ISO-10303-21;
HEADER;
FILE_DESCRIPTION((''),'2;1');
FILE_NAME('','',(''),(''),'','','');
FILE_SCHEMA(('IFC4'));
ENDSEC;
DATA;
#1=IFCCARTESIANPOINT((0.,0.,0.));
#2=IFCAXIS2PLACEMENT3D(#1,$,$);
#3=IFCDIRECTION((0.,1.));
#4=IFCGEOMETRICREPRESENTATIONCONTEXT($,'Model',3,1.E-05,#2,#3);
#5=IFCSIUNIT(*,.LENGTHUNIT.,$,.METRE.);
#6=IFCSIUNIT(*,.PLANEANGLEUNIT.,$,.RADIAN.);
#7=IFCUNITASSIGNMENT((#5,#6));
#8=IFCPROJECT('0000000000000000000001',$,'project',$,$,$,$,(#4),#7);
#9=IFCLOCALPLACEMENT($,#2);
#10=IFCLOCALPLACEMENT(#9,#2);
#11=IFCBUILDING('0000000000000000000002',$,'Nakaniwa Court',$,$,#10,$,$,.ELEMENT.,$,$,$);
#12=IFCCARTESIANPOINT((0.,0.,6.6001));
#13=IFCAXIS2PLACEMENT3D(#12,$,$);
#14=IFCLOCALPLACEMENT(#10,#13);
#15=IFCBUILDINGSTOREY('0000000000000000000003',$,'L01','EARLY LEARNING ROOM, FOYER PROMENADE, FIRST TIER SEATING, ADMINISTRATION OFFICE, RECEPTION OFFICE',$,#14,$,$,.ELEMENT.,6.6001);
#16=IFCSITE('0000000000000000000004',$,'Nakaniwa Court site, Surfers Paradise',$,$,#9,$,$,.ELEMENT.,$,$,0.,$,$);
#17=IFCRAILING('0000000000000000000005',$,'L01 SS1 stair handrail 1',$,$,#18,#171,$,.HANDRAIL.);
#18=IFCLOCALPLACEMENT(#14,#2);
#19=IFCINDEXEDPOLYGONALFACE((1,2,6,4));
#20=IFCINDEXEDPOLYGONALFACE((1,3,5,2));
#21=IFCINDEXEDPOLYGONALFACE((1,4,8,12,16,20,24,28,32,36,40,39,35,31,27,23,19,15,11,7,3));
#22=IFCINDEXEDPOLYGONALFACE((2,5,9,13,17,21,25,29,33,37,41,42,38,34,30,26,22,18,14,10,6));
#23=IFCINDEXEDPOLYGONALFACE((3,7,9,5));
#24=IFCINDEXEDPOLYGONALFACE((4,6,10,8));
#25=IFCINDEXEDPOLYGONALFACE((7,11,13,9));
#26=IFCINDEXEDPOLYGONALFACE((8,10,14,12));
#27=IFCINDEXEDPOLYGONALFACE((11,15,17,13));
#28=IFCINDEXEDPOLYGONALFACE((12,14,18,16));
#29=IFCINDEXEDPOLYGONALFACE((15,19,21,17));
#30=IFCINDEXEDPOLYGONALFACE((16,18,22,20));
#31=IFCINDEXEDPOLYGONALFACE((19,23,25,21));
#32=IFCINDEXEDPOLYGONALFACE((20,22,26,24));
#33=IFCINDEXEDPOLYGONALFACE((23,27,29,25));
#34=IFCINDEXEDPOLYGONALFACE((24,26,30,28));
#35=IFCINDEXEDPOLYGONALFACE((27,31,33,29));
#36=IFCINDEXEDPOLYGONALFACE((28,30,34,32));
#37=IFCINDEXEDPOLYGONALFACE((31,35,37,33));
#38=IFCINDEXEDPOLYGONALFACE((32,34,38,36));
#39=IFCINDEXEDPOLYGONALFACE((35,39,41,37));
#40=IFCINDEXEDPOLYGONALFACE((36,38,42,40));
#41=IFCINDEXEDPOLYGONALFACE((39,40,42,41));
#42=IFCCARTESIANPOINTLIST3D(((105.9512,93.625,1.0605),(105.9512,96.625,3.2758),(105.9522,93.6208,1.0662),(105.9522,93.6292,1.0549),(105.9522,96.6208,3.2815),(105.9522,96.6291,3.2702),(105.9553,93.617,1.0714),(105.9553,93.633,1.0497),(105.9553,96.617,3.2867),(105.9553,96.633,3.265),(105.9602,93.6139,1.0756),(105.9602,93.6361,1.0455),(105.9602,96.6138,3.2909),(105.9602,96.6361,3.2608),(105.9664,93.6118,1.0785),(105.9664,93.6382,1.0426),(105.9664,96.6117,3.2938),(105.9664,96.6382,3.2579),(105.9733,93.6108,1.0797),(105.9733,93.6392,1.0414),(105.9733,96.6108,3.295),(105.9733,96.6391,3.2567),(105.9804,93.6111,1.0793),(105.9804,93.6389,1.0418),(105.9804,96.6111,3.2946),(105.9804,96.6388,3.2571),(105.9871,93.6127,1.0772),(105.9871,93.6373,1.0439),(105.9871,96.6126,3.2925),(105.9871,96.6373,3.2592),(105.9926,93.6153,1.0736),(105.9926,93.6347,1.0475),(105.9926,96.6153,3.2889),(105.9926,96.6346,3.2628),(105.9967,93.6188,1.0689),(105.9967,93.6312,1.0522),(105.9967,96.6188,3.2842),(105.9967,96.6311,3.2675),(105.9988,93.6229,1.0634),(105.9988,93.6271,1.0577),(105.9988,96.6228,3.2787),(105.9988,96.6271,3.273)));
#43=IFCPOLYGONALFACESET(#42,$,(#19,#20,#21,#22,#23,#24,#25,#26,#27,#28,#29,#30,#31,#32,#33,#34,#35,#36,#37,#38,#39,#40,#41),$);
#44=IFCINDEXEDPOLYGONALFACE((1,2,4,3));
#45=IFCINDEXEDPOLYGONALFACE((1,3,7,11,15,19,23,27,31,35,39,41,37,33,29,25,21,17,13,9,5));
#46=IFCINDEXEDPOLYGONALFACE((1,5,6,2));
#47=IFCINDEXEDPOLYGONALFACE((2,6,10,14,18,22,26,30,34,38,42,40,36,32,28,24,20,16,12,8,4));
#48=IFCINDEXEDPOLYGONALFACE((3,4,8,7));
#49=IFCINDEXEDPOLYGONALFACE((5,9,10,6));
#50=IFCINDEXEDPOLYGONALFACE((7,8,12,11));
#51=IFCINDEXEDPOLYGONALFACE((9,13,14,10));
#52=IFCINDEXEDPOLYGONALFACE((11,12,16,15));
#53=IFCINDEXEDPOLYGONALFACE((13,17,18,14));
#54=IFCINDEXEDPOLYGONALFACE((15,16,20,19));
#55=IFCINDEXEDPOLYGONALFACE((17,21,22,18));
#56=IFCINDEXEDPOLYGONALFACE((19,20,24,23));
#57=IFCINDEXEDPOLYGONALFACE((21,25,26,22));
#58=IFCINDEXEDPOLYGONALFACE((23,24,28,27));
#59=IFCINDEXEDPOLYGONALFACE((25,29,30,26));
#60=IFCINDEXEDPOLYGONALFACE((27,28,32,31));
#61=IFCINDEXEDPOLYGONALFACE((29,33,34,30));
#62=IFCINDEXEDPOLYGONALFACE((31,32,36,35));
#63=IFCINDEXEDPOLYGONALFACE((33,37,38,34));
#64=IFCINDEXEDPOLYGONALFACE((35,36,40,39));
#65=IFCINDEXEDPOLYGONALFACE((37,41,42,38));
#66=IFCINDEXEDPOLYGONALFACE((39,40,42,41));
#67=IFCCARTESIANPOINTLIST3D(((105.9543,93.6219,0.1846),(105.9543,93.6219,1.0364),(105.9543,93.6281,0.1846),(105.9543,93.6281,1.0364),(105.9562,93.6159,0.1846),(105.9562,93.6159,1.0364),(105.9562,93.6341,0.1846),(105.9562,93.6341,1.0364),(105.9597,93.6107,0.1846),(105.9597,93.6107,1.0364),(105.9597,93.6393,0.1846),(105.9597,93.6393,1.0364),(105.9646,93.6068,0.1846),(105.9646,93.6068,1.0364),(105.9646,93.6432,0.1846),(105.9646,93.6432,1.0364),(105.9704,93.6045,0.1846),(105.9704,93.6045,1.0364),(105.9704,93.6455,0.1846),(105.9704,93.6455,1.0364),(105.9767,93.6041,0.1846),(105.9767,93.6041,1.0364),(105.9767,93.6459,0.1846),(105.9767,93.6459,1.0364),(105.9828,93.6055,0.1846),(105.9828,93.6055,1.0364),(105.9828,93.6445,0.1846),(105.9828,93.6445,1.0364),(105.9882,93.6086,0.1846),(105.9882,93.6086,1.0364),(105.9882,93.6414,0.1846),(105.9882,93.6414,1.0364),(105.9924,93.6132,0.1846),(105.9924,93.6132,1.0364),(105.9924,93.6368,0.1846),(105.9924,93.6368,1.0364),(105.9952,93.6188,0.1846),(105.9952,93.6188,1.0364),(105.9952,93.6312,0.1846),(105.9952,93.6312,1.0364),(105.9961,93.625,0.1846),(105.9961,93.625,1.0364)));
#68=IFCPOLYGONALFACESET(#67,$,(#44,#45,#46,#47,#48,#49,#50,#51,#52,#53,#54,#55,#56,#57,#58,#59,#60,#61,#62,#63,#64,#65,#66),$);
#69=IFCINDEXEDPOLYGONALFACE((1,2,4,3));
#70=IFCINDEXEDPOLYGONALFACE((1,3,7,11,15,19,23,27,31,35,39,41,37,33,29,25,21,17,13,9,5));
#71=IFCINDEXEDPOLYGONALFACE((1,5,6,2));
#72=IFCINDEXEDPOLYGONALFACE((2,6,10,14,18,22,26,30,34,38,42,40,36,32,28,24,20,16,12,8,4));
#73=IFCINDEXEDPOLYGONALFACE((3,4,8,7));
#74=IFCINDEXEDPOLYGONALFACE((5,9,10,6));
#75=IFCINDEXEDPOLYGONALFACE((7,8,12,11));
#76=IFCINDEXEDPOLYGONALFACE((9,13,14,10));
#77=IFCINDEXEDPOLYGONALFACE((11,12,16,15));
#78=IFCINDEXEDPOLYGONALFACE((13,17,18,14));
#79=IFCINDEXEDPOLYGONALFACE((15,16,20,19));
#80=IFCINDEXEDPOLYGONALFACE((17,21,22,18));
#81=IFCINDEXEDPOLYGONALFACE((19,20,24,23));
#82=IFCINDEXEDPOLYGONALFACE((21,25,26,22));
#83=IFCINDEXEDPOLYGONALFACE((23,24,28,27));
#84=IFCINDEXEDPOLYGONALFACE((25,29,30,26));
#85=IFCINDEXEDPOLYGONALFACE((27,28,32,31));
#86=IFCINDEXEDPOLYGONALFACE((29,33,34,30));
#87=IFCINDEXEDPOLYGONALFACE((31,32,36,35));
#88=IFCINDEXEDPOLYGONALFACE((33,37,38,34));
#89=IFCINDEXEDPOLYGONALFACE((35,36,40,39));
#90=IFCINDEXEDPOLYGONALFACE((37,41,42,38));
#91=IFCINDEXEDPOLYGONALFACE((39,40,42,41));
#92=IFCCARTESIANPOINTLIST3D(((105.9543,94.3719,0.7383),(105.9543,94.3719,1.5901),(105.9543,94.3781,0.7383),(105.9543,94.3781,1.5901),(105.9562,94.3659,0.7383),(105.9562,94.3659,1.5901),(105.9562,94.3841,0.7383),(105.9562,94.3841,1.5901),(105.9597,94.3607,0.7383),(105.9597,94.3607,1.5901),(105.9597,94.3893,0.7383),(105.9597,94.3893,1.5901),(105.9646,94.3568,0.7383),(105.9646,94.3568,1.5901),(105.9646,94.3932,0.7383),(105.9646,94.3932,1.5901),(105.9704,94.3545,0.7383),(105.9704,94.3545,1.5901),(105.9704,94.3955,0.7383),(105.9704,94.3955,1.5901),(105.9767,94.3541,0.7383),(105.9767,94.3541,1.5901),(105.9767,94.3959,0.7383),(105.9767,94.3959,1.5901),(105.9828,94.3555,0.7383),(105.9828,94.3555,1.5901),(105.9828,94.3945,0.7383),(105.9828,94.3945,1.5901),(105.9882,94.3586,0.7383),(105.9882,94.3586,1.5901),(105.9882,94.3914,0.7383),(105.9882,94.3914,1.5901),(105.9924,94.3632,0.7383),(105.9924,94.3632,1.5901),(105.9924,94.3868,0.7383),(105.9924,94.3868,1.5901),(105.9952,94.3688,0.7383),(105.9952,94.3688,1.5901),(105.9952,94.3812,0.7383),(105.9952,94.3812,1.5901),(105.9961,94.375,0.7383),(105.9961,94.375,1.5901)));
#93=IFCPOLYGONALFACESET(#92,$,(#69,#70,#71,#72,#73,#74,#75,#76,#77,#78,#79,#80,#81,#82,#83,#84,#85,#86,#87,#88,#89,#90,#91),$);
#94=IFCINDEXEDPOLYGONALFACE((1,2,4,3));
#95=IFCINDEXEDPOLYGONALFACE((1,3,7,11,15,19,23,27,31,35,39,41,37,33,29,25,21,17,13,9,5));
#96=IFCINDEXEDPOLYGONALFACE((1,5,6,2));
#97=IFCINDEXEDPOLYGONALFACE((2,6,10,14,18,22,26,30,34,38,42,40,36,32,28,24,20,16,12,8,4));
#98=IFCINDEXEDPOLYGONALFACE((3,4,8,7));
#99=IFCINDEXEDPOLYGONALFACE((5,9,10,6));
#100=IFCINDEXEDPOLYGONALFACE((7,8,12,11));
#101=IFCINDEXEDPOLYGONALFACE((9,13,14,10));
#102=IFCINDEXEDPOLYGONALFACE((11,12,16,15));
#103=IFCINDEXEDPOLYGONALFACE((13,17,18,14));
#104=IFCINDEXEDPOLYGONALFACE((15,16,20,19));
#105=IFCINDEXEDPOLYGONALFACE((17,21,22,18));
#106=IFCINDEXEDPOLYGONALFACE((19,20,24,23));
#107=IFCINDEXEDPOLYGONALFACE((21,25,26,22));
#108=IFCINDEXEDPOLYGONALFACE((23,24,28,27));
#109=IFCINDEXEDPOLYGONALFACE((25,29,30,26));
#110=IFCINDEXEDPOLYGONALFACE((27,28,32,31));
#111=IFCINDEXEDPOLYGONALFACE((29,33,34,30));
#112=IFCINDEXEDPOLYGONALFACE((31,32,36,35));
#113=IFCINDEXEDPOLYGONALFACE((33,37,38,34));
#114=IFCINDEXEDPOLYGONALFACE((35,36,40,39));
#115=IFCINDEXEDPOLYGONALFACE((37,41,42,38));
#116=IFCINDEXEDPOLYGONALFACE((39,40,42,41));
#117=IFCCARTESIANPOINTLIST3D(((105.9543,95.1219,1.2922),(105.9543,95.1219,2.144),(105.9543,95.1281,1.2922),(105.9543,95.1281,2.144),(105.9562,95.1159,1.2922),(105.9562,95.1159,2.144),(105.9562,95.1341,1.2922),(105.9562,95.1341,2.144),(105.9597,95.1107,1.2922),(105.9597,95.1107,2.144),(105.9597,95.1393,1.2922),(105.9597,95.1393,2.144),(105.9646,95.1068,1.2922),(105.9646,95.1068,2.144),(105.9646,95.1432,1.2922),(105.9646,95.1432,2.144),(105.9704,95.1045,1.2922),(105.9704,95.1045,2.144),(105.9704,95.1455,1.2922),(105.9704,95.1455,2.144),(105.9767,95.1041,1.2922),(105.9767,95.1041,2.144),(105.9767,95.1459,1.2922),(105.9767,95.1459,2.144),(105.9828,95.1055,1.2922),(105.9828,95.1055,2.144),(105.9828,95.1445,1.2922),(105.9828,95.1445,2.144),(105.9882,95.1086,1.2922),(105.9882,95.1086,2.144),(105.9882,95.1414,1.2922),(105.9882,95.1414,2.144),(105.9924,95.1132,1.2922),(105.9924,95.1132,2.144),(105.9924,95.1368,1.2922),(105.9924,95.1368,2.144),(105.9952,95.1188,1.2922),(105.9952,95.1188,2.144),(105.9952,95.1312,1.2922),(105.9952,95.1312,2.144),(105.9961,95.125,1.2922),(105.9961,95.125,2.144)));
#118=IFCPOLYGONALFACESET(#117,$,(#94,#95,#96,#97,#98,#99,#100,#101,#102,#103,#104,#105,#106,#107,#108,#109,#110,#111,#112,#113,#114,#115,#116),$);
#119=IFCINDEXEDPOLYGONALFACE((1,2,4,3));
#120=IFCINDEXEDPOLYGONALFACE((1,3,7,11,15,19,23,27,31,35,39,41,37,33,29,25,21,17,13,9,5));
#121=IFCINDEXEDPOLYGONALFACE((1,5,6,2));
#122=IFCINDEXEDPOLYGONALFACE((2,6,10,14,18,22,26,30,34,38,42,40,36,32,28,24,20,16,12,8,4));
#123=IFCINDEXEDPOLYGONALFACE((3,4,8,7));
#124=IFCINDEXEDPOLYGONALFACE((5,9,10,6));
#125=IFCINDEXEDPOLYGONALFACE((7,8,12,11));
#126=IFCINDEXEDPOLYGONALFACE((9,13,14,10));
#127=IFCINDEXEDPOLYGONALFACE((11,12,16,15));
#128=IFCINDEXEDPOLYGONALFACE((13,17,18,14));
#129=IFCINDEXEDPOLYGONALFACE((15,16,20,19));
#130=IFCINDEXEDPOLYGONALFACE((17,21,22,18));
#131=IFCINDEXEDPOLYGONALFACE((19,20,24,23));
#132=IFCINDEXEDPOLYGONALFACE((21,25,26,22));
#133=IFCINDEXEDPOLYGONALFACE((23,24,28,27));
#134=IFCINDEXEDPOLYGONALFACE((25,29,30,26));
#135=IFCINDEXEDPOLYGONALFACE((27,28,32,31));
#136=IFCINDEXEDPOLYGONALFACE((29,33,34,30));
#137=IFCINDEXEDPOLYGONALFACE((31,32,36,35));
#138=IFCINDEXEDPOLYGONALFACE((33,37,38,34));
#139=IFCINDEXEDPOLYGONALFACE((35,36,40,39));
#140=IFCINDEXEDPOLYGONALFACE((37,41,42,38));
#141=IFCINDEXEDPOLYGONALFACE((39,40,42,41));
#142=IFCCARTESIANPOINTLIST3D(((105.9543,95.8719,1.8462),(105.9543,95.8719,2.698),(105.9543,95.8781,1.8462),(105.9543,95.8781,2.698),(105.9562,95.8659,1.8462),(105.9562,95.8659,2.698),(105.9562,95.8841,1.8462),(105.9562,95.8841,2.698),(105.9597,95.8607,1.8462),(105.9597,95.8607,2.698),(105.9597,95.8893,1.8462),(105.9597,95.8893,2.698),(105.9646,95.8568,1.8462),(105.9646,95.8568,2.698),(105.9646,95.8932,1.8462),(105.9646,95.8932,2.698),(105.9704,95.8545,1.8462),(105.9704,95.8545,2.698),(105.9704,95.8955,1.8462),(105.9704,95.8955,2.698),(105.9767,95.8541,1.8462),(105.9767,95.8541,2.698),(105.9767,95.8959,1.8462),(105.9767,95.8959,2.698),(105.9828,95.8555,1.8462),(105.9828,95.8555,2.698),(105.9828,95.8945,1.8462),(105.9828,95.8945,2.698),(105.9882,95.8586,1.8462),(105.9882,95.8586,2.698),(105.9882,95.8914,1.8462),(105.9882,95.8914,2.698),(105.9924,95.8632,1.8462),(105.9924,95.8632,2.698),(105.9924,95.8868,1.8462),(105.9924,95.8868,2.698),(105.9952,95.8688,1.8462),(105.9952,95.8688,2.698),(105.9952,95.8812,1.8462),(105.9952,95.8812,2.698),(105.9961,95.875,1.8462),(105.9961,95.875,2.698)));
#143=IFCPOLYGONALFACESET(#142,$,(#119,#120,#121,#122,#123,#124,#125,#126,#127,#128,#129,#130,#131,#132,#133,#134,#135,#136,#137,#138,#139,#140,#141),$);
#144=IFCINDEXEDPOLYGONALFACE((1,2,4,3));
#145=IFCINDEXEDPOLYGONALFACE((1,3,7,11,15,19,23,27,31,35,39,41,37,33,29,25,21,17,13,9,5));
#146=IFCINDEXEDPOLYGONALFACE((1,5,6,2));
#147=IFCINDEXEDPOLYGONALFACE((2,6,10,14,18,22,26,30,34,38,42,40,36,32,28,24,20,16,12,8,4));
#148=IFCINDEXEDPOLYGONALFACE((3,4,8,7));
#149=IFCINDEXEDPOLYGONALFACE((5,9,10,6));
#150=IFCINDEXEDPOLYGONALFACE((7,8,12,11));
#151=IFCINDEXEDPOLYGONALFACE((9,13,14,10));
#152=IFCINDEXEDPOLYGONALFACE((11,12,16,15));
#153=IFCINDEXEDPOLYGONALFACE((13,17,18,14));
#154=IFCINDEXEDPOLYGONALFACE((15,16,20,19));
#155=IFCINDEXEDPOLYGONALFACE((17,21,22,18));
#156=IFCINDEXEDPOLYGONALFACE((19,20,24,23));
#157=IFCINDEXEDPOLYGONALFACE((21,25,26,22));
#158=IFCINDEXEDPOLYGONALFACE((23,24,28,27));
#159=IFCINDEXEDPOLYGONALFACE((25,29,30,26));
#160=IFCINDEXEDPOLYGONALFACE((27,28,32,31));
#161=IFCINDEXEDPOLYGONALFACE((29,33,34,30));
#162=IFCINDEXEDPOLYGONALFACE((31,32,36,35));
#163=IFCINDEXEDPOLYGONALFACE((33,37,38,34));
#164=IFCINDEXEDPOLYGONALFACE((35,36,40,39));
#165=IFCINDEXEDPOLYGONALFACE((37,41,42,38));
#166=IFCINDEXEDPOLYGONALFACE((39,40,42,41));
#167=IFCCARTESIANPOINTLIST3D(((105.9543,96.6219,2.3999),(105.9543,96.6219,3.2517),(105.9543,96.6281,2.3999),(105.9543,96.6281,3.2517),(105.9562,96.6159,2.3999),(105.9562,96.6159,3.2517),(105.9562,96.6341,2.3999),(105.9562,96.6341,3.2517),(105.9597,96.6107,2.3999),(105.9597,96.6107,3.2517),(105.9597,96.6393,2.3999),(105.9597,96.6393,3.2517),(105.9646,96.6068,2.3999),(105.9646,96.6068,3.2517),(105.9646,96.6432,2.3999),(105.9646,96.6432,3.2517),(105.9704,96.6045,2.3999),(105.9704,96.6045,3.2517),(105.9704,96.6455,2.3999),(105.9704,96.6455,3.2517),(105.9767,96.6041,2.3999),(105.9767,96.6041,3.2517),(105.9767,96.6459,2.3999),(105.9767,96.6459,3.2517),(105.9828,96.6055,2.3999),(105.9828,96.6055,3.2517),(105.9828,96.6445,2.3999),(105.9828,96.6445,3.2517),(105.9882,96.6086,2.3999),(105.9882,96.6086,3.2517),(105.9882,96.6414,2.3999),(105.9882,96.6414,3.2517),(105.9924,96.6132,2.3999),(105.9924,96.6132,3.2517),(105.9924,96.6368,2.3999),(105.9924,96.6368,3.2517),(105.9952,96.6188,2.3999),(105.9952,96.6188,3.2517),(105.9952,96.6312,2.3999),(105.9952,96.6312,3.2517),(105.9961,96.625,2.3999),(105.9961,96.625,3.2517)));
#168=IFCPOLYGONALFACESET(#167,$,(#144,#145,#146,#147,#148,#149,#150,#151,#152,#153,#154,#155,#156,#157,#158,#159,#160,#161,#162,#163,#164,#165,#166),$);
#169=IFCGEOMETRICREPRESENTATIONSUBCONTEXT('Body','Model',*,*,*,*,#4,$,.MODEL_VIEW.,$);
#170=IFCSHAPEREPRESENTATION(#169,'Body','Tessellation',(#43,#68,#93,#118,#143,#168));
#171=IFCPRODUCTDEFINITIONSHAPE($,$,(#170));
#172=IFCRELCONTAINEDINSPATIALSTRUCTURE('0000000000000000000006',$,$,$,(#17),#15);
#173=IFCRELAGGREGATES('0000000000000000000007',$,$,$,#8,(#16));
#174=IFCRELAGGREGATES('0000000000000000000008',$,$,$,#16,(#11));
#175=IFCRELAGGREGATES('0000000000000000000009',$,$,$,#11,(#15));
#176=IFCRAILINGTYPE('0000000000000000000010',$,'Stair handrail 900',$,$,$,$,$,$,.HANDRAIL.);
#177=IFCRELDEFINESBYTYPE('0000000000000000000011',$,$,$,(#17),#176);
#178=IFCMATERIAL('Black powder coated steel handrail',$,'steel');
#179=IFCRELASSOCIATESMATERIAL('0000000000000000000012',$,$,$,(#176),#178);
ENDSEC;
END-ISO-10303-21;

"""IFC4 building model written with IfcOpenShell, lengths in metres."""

from ifc_helpers import new_model, si_unit, direction, frame, origin, origin_2d, place, context, subcontext, project, spatial, circle, extrude, material, type_object, element, save


model = new_model("IFC4")

# Units and contexts
model_context = context("Model", 3, precision=1e-05, world=origin(), true_north=direction((0.0, 1.0)))
body_context = subcontext(model_context, "Body", "Model", "MODEL_VIEW")
ifc_project = project(units=[si_unit("LENGTHUNIT", "METRE"), si_unit("PLANEANGLEUNIT", "RADIAN")], contexts=[model_context])

# Site, building, storey
site_placement = place(None, origin())
site = spatial("IfcSite", under=ifc_project, at=site_placement, Name="Nakaniwa Court site, Surfers Paradise", CompositionType="ELEMENT", RefElevation=0.0)
building_placement = place(site_placement, origin())
building = spatial("IfcBuilding", under=site, at=building_placement, Name="Nakaniwa Court", CompositionType="ELEMENT")
storey_placement = place(building_placement, frame((0.0, 0.0, 6.6001)))
storey = spatial("IfcBuildingStorey", under=building, at=storey_placement, Name="L01", Description="EARLY LEARNING ROOM, FOYER PROMENADE, FIRST TIER SEATING, ADMINISTRATION OFFICE, RECEPTION OFFICE", CompositionType="ELEMENT", Elevation=6.6001)

# Railing
ifc_material_1 = material(Name="Black powder coated steel handrail", Category="steel")
railing_type_1 = type_object("IfcRailingType", Name="Stair handrail 900", PredefinedType="HANDRAIL", material=ifc_material_1)
railing_1_placement = place(storey_placement, frame((105.9751, 93.625, 0.1846)))
element("IfcRailing", 1, at=railing_1_placement, inside=storey, type_object=railing_type_1, Name="L01 SS1 stair handrail 1", PredefinedType="HANDRAIL", context=body_context, shape_type="SweptSolid", body=[
    extrude(circle(Radius=0.0239, at=origin_2d()), frame((0.0, 0.0, 0.876), z_axis=(0.0, 0.80444, 0.594034), x_axis=(-1.0, 0.0, 0.0)), (0.0, 0.0, 1.0), 3.7292),
    extrude(circle(Radius=0.021, at=origin_2d()), origin(), (0.0, 0.0, 1.0), 0.8518),
    extrude(circle(Radius=0.021, at=origin_2d()), frame((0.0, 0.75, 0.5537)), (0.0, 0.0, 1.0), 0.8518),
    extrude(circle(Radius=0.021, at=origin_2d()), frame((0.0, 1.5, 1.1077)), (0.0, 0.0, 1.0), 0.8518),
    extrude(circle(Radius=0.021, at=origin_2d()), frame((0.0, 2.25, 1.6616)), (0.0, 0.0, 1.0), 0.8518),
    extrude(circle(Radius=0.021, at=origin_2d()), frame((0.0, 3.0, 2.2153)), (0.0, 0.0, 1.0), 0.8518),
])

save(model, "model.ifc")
